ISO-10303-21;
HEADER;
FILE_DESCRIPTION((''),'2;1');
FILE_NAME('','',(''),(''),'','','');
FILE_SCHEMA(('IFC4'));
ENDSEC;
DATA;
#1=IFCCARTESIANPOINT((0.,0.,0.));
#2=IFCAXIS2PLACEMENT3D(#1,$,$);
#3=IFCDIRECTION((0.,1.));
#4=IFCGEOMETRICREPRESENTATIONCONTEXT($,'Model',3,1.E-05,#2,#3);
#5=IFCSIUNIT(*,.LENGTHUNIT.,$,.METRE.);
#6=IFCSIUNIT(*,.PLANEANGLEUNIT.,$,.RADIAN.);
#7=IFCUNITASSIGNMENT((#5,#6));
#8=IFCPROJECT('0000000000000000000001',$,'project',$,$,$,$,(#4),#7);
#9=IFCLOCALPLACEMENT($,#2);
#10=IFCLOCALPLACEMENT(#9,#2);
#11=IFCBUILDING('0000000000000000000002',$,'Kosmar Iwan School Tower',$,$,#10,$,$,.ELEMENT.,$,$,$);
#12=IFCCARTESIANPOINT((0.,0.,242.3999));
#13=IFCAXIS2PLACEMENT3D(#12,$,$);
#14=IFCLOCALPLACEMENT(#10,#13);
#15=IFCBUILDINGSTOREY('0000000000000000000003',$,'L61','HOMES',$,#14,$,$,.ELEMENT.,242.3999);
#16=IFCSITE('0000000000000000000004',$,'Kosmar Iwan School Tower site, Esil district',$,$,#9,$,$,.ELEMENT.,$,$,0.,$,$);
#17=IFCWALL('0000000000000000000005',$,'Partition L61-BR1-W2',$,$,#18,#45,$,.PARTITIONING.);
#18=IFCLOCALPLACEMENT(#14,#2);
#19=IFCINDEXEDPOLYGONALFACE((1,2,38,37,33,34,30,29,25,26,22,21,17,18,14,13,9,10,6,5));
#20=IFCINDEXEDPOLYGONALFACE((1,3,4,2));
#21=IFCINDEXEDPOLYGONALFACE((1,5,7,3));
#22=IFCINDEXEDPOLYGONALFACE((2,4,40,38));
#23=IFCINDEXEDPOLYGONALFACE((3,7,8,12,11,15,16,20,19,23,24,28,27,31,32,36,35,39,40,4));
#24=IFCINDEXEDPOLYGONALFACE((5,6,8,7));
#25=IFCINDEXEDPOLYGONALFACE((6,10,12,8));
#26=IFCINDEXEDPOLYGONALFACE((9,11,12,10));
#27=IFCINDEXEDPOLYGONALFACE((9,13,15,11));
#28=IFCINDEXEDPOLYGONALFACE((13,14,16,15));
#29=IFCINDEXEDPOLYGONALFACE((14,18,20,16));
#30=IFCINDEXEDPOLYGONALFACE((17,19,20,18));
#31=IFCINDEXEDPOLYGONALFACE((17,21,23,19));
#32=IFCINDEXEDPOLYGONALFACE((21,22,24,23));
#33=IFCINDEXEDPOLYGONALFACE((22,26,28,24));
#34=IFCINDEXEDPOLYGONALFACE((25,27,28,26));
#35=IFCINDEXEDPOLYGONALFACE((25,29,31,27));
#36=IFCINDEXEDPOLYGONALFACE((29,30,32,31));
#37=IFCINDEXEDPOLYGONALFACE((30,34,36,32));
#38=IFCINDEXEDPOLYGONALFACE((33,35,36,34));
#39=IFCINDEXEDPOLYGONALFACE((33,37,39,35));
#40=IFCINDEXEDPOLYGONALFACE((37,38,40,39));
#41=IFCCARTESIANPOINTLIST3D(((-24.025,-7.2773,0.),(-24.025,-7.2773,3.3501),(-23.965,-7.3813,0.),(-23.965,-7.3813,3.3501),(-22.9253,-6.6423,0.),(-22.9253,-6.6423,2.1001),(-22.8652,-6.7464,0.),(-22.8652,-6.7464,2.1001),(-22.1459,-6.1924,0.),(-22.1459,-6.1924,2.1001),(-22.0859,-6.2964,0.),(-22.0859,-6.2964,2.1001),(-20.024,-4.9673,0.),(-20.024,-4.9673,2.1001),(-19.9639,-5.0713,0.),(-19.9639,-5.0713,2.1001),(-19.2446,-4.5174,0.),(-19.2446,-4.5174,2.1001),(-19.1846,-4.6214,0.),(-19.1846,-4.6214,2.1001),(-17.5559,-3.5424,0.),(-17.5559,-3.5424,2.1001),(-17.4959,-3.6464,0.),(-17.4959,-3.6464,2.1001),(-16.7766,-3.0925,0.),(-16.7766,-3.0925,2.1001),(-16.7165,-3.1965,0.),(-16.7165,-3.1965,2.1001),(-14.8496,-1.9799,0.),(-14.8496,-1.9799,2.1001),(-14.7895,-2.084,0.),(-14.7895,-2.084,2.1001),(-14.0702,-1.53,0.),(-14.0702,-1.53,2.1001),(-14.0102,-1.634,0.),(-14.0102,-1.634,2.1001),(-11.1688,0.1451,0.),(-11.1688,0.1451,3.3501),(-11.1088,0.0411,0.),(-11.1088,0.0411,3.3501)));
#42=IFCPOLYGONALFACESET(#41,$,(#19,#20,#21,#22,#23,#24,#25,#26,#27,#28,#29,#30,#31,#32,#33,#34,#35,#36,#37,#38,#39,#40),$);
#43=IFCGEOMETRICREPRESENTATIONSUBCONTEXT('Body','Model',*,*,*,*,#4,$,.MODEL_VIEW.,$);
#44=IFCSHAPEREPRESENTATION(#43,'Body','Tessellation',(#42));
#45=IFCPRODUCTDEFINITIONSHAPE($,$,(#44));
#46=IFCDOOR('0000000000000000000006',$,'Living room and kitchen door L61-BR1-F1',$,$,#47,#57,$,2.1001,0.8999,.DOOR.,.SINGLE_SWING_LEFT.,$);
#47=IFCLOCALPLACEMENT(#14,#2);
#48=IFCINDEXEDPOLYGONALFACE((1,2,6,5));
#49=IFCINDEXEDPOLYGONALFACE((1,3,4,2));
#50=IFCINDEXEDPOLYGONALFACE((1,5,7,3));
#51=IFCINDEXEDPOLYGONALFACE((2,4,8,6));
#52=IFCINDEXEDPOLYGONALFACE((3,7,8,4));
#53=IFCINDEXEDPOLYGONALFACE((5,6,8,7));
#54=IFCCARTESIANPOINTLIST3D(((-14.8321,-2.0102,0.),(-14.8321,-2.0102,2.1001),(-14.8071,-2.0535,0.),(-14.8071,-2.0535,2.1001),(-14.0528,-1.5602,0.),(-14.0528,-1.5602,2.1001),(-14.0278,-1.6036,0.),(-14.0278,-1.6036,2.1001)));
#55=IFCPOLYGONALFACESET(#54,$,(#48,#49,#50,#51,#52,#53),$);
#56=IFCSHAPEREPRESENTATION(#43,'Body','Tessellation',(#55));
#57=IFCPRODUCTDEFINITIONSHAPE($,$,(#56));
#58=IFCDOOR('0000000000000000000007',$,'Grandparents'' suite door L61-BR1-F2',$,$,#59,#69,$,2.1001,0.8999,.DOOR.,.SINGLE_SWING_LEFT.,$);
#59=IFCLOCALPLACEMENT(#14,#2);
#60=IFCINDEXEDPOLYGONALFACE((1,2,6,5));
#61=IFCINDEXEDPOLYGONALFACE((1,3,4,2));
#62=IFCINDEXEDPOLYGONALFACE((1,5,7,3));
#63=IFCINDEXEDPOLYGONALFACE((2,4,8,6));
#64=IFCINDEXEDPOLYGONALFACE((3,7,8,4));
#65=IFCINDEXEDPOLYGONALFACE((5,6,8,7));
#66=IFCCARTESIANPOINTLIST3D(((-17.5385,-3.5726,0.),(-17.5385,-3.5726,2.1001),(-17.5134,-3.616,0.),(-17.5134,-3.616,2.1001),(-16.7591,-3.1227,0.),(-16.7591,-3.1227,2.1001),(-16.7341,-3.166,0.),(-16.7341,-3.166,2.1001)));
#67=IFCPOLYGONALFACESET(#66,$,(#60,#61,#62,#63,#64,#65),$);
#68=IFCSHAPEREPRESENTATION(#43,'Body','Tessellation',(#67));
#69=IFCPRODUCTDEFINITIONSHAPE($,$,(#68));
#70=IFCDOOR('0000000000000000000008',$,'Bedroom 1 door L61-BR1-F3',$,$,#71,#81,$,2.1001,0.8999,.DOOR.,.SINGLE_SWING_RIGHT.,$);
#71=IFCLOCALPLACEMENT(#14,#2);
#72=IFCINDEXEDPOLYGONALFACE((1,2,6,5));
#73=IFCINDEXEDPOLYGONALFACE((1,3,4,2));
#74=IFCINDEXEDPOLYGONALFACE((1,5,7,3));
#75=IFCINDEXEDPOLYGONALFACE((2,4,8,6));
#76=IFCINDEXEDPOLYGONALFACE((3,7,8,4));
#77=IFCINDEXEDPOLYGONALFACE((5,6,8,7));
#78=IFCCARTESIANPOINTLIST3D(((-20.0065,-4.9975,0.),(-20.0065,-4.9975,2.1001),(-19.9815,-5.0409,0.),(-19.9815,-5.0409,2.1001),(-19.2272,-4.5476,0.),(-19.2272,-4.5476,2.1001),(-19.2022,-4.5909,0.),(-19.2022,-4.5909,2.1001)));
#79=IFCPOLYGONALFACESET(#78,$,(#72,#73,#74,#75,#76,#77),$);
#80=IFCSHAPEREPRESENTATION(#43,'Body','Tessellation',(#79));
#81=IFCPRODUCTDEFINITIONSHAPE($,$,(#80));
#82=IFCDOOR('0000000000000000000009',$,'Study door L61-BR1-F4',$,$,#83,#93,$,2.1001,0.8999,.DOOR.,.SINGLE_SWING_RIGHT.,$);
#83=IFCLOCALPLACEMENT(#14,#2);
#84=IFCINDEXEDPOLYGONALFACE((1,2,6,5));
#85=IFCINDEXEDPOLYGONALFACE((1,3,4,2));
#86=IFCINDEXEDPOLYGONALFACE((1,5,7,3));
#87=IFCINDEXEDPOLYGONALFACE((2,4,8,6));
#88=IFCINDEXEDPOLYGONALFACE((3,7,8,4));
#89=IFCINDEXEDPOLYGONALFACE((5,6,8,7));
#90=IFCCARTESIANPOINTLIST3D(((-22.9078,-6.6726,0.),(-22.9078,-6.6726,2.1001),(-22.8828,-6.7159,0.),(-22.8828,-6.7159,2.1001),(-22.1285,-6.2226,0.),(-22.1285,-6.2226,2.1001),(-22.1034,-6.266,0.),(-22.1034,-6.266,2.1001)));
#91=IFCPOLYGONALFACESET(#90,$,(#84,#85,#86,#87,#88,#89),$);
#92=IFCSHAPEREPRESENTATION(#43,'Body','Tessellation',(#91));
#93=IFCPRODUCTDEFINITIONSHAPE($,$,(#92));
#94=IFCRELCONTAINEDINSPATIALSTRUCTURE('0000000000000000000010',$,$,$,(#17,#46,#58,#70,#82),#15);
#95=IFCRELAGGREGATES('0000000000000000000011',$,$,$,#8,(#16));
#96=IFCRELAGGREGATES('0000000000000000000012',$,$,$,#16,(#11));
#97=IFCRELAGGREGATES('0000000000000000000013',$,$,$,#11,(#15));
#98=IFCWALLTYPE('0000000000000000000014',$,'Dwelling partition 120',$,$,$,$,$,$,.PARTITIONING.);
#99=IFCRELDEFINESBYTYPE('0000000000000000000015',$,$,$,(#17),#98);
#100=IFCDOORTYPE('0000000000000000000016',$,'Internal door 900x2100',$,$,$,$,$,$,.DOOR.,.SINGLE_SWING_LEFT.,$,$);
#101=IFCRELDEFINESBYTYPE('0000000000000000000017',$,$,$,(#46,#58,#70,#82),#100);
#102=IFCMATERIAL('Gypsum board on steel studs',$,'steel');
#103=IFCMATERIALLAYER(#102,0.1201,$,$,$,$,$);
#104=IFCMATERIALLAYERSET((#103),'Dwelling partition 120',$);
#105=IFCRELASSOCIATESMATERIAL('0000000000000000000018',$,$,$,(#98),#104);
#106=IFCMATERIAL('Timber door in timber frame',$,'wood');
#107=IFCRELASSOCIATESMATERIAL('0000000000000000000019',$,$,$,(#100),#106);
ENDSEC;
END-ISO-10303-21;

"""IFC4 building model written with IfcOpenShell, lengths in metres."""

from ifc_helpers import new_model, si_unit, direction, frame, frame_2d, origin, place, context, subcontext, project, spatial, rectangle, extrude, material, layer, layer_set, type_object, element, fill, save


model = new_model("IFC4")

# Units and contexts
model_context = context("Model", 3, precision=1e-05, world=origin(), true_north=direction((0.0, 1.0)))
body_context = subcontext(model_context, "Body", "Model", "MODEL_VIEW")
ifc_project = project(units=[si_unit("LENGTHUNIT", "METRE"), si_unit("PLANEANGLEUNIT", "RADIAN")], contexts=[model_context])

# Site, building, storey
site_placement = place(None, origin())
site = spatial("IfcSite", under=ifc_project, at=site_placement, Name="Kosmar Iwan School Tower site, Esil district", CompositionType="ELEMENT", RefElevation=0.0)
building_placement = place(site_placement, origin())
building = spatial("IfcBuilding", under=site, at=building_placement, Name="Kosmar Iwan School Tower", CompositionType="ELEMENT")
storey_placement = place(building_placement, frame((0.0, 0.0, 242.3999)))
storey = spatial("IfcBuildingStorey", under=building, at=storey_placement, Name="L61", Description="HOMES", CompositionType="ELEMENT", Elevation=242.3999)

# Wall, openings, doors
ifc_material_1 = material(Name="Gypsum board on steel studs", Category="steel")
ifc_layer_1 = layer(ifc_material_1, 0.1201)
ifc_layer_set_1 = layer_set([ifc_layer_1], Name="Dwelling partition 120")
wall_type_1 = type_object("IfcWallType", Name="Dwelling partition 120", PredefinedType="PARTITIONING", material=ifc_layer_set_1)
wall_1_placement = place(storey_placement, frame((-11.1389, 0.093, 0.0), z_axis=(0.0, 0.0, 1.0), x_axis=(-0.86603, -0.499992, 0.0)))
wall_1 = element("IfcWall", 1, at=wall_1_placement, inside=storey, type_object=wall_type_1, Name="Partition L61-BR1-W2", PredefinedType="PARTITIONING", context=body_context, shape_type="SweptSolid", body=[
    extrude(rectangle(XDim=14.845, YDim=0.1201, at=frame_2d((7.4224, 0.0))), origin(), (0.0, 0.0, 1.0), 3.3501),
])
opening_1_placement = place(wall_1_placement, frame((3.3501, 0.0, 0.0)))
opening_1 = element("IfcOpeningElement", 2, at=opening_1_placement, cuts=wall_1, PredefinedType="OPENING", context=body_context, shape_type="SweptSolid", body=[
    extrude(rectangle(XDim=0.8999, YDim=2.1001, at=frame_2d((0.45, 1.05))), frame((0.0, 0.072, 0.0), z_axis=(0.0, -1.0, 0.0), x_axis=(1.0, 0.0, 0.0)), (0.0, 0.0, 1.0), 0.144),
])
opening_2_placement = place(wall_1_placement, frame((6.4751, 0.0, 0.0)))
opening_2 = element("IfcOpeningElement", 3, at=opening_2_placement, cuts=wall_1, PredefinedType="OPENING", context=body_context, shape_type="SweptSolid", body=[
    extrude(rectangle(XDim=0.8999, YDim=2.1001, at=frame_2d((0.45, 1.05))), frame((0.0, 0.072, 0.0), z_axis=(0.0, -1.0, 0.0), x_axis=(1.0, 0.0, 0.0)), (0.0, 0.0, 1.0), 0.144),
])
opening_3_placement = place(wall_1_placement, frame((9.325, 0.0, 0.0)))
opening_3 = element("IfcOpeningElement", 4, at=opening_3_placement, cuts=wall_1, PredefinedType="OPENING", context=body_context, shape_type="SweptSolid", body=[
    extrude(rectangle(XDim=0.8999, YDim=2.1001, at=frame_2d((0.45, 1.05))), frame((0.0, 0.072, 0.0), z_axis=(0.0, -1.0, 0.0), x_axis=(1.0, 0.0, 0.0)), (0.0, 0.0, 1.0), 0.144),
])
opening_4_placement = place(wall_1_placement, frame((12.675, 0.0, 0.0)))
opening_4 = element("IfcOpeningElement", 5, at=opening_4_placement, cuts=wall_1, PredefinedType="OPENING", context=body_context, shape_type="SweptSolid", body=[
    extrude(rectangle(XDim=0.8999, YDim=2.1001, at=frame_2d((0.45, 1.05))), frame((0.0, 0.072, 0.0), z_axis=(0.0, -1.0, 0.0), x_axis=(1.0, 0.0, 0.0)), (0.0, 0.0, 1.0), 0.144),
])
ifc_material_2 = material(Name="Timber door in timber frame", Category="wood")
door_type = type_object("IfcDoorType", Name="Internal door 900x2100", OperationType="SINGLE_SWING_LEFT", PredefinedType="DOOR", material=ifc_material_2)
door_1_placement = place(opening_1_placement, origin())
door_1 = element("IfcDoor", 6, at=door_1_placement, inside=storey, type_object=door_type, Name="Living room and kitchen door L61-BR1-F1", OperationType="SINGLE_SWING_LEFT", OverallHeight=2.1001, OverallWidth=0.8999, PredefinedType="DOOR", context=body_context, shape_type="SweptSolid", body=[
    extrude(rectangle(XDim=0.8999, YDim=2.1001, at=frame_2d((0.45, 1.05))), frame((0.0, 0.0249, 0.0), z_axis=(0.0, -1.0, 0.0), x_axis=(1.0, 0.0, 0.0)), (0.0, 0.0, 1.0), 0.05),
])
fill(opening_1, door_1)
door_2_placement = place(opening_2_placement, origin())
door_2 = element("IfcDoor", 7, at=door_2_placement, inside=storey, type_object=door_type, Name="Grandparents' suite door L61-BR1-F2", OperationType="SINGLE_SWING_LEFT", OverallHeight=2.1001, OverallWidth=0.8999, PredefinedType="DOOR", context=body_context, shape_type="SweptSolid", body=[
    extrude(rectangle(XDim=0.8999, YDim=2.1001, at=frame_2d((0.45, 1.05))), frame((0.0, 0.0249, 0.0), z_axis=(0.0, -1.0, 0.0), x_axis=(1.0, 0.0, 0.0)), (0.0, 0.0, 1.0), 0.05),
])
fill(opening_2, door_2)
door_3_placement = place(opening_3_placement, origin())
door_3 = element("IfcDoor", 8, at=door_3_placement, inside=storey, type_object=door_type, Name="Bedroom 1 door L61-BR1-F3", OperationType="SINGLE_SWING_RIGHT", OverallHeight=2.1001, OverallWidth=0.8999, PredefinedType="DOOR", context=body_context, shape_type="SweptSolid", body=[
    extrude(rectangle(XDim=0.8999, YDim=2.1001, at=frame_2d((0.45, 1.05))), frame((0.0, 0.0249, 0.0), z_axis=(0.0, -1.0, 0.0), x_axis=(1.0, 0.0, 0.0)), (0.0, 0.0, 1.0), 0.05),
])
fill(opening_3, door_3)
door_4_placement = place(opening_4_placement, origin())
door_4 = element("IfcDoor", 9, at=door_4_placement, inside=storey, type_object=door_type, Name="Study door L61-BR1-F4", OperationType="SINGLE_SWING_RIGHT", OverallHeight=2.1001, OverallWidth=0.8999, PredefinedType="DOOR", context=body_context, shape_type="SweptSolid", body=[
    extrude(rectangle(XDim=0.8999, YDim=2.1001, at=frame_2d((0.45, 1.05))), frame((0.0, 0.0249, 0.0), z_axis=(0.0, -1.0, 0.0), x_axis=(1.0, 0.0, 0.0)), (0.0, 0.0, 1.0), 0.05),
])
fill(opening_4, door_4)

save(model, "model.ifc")
